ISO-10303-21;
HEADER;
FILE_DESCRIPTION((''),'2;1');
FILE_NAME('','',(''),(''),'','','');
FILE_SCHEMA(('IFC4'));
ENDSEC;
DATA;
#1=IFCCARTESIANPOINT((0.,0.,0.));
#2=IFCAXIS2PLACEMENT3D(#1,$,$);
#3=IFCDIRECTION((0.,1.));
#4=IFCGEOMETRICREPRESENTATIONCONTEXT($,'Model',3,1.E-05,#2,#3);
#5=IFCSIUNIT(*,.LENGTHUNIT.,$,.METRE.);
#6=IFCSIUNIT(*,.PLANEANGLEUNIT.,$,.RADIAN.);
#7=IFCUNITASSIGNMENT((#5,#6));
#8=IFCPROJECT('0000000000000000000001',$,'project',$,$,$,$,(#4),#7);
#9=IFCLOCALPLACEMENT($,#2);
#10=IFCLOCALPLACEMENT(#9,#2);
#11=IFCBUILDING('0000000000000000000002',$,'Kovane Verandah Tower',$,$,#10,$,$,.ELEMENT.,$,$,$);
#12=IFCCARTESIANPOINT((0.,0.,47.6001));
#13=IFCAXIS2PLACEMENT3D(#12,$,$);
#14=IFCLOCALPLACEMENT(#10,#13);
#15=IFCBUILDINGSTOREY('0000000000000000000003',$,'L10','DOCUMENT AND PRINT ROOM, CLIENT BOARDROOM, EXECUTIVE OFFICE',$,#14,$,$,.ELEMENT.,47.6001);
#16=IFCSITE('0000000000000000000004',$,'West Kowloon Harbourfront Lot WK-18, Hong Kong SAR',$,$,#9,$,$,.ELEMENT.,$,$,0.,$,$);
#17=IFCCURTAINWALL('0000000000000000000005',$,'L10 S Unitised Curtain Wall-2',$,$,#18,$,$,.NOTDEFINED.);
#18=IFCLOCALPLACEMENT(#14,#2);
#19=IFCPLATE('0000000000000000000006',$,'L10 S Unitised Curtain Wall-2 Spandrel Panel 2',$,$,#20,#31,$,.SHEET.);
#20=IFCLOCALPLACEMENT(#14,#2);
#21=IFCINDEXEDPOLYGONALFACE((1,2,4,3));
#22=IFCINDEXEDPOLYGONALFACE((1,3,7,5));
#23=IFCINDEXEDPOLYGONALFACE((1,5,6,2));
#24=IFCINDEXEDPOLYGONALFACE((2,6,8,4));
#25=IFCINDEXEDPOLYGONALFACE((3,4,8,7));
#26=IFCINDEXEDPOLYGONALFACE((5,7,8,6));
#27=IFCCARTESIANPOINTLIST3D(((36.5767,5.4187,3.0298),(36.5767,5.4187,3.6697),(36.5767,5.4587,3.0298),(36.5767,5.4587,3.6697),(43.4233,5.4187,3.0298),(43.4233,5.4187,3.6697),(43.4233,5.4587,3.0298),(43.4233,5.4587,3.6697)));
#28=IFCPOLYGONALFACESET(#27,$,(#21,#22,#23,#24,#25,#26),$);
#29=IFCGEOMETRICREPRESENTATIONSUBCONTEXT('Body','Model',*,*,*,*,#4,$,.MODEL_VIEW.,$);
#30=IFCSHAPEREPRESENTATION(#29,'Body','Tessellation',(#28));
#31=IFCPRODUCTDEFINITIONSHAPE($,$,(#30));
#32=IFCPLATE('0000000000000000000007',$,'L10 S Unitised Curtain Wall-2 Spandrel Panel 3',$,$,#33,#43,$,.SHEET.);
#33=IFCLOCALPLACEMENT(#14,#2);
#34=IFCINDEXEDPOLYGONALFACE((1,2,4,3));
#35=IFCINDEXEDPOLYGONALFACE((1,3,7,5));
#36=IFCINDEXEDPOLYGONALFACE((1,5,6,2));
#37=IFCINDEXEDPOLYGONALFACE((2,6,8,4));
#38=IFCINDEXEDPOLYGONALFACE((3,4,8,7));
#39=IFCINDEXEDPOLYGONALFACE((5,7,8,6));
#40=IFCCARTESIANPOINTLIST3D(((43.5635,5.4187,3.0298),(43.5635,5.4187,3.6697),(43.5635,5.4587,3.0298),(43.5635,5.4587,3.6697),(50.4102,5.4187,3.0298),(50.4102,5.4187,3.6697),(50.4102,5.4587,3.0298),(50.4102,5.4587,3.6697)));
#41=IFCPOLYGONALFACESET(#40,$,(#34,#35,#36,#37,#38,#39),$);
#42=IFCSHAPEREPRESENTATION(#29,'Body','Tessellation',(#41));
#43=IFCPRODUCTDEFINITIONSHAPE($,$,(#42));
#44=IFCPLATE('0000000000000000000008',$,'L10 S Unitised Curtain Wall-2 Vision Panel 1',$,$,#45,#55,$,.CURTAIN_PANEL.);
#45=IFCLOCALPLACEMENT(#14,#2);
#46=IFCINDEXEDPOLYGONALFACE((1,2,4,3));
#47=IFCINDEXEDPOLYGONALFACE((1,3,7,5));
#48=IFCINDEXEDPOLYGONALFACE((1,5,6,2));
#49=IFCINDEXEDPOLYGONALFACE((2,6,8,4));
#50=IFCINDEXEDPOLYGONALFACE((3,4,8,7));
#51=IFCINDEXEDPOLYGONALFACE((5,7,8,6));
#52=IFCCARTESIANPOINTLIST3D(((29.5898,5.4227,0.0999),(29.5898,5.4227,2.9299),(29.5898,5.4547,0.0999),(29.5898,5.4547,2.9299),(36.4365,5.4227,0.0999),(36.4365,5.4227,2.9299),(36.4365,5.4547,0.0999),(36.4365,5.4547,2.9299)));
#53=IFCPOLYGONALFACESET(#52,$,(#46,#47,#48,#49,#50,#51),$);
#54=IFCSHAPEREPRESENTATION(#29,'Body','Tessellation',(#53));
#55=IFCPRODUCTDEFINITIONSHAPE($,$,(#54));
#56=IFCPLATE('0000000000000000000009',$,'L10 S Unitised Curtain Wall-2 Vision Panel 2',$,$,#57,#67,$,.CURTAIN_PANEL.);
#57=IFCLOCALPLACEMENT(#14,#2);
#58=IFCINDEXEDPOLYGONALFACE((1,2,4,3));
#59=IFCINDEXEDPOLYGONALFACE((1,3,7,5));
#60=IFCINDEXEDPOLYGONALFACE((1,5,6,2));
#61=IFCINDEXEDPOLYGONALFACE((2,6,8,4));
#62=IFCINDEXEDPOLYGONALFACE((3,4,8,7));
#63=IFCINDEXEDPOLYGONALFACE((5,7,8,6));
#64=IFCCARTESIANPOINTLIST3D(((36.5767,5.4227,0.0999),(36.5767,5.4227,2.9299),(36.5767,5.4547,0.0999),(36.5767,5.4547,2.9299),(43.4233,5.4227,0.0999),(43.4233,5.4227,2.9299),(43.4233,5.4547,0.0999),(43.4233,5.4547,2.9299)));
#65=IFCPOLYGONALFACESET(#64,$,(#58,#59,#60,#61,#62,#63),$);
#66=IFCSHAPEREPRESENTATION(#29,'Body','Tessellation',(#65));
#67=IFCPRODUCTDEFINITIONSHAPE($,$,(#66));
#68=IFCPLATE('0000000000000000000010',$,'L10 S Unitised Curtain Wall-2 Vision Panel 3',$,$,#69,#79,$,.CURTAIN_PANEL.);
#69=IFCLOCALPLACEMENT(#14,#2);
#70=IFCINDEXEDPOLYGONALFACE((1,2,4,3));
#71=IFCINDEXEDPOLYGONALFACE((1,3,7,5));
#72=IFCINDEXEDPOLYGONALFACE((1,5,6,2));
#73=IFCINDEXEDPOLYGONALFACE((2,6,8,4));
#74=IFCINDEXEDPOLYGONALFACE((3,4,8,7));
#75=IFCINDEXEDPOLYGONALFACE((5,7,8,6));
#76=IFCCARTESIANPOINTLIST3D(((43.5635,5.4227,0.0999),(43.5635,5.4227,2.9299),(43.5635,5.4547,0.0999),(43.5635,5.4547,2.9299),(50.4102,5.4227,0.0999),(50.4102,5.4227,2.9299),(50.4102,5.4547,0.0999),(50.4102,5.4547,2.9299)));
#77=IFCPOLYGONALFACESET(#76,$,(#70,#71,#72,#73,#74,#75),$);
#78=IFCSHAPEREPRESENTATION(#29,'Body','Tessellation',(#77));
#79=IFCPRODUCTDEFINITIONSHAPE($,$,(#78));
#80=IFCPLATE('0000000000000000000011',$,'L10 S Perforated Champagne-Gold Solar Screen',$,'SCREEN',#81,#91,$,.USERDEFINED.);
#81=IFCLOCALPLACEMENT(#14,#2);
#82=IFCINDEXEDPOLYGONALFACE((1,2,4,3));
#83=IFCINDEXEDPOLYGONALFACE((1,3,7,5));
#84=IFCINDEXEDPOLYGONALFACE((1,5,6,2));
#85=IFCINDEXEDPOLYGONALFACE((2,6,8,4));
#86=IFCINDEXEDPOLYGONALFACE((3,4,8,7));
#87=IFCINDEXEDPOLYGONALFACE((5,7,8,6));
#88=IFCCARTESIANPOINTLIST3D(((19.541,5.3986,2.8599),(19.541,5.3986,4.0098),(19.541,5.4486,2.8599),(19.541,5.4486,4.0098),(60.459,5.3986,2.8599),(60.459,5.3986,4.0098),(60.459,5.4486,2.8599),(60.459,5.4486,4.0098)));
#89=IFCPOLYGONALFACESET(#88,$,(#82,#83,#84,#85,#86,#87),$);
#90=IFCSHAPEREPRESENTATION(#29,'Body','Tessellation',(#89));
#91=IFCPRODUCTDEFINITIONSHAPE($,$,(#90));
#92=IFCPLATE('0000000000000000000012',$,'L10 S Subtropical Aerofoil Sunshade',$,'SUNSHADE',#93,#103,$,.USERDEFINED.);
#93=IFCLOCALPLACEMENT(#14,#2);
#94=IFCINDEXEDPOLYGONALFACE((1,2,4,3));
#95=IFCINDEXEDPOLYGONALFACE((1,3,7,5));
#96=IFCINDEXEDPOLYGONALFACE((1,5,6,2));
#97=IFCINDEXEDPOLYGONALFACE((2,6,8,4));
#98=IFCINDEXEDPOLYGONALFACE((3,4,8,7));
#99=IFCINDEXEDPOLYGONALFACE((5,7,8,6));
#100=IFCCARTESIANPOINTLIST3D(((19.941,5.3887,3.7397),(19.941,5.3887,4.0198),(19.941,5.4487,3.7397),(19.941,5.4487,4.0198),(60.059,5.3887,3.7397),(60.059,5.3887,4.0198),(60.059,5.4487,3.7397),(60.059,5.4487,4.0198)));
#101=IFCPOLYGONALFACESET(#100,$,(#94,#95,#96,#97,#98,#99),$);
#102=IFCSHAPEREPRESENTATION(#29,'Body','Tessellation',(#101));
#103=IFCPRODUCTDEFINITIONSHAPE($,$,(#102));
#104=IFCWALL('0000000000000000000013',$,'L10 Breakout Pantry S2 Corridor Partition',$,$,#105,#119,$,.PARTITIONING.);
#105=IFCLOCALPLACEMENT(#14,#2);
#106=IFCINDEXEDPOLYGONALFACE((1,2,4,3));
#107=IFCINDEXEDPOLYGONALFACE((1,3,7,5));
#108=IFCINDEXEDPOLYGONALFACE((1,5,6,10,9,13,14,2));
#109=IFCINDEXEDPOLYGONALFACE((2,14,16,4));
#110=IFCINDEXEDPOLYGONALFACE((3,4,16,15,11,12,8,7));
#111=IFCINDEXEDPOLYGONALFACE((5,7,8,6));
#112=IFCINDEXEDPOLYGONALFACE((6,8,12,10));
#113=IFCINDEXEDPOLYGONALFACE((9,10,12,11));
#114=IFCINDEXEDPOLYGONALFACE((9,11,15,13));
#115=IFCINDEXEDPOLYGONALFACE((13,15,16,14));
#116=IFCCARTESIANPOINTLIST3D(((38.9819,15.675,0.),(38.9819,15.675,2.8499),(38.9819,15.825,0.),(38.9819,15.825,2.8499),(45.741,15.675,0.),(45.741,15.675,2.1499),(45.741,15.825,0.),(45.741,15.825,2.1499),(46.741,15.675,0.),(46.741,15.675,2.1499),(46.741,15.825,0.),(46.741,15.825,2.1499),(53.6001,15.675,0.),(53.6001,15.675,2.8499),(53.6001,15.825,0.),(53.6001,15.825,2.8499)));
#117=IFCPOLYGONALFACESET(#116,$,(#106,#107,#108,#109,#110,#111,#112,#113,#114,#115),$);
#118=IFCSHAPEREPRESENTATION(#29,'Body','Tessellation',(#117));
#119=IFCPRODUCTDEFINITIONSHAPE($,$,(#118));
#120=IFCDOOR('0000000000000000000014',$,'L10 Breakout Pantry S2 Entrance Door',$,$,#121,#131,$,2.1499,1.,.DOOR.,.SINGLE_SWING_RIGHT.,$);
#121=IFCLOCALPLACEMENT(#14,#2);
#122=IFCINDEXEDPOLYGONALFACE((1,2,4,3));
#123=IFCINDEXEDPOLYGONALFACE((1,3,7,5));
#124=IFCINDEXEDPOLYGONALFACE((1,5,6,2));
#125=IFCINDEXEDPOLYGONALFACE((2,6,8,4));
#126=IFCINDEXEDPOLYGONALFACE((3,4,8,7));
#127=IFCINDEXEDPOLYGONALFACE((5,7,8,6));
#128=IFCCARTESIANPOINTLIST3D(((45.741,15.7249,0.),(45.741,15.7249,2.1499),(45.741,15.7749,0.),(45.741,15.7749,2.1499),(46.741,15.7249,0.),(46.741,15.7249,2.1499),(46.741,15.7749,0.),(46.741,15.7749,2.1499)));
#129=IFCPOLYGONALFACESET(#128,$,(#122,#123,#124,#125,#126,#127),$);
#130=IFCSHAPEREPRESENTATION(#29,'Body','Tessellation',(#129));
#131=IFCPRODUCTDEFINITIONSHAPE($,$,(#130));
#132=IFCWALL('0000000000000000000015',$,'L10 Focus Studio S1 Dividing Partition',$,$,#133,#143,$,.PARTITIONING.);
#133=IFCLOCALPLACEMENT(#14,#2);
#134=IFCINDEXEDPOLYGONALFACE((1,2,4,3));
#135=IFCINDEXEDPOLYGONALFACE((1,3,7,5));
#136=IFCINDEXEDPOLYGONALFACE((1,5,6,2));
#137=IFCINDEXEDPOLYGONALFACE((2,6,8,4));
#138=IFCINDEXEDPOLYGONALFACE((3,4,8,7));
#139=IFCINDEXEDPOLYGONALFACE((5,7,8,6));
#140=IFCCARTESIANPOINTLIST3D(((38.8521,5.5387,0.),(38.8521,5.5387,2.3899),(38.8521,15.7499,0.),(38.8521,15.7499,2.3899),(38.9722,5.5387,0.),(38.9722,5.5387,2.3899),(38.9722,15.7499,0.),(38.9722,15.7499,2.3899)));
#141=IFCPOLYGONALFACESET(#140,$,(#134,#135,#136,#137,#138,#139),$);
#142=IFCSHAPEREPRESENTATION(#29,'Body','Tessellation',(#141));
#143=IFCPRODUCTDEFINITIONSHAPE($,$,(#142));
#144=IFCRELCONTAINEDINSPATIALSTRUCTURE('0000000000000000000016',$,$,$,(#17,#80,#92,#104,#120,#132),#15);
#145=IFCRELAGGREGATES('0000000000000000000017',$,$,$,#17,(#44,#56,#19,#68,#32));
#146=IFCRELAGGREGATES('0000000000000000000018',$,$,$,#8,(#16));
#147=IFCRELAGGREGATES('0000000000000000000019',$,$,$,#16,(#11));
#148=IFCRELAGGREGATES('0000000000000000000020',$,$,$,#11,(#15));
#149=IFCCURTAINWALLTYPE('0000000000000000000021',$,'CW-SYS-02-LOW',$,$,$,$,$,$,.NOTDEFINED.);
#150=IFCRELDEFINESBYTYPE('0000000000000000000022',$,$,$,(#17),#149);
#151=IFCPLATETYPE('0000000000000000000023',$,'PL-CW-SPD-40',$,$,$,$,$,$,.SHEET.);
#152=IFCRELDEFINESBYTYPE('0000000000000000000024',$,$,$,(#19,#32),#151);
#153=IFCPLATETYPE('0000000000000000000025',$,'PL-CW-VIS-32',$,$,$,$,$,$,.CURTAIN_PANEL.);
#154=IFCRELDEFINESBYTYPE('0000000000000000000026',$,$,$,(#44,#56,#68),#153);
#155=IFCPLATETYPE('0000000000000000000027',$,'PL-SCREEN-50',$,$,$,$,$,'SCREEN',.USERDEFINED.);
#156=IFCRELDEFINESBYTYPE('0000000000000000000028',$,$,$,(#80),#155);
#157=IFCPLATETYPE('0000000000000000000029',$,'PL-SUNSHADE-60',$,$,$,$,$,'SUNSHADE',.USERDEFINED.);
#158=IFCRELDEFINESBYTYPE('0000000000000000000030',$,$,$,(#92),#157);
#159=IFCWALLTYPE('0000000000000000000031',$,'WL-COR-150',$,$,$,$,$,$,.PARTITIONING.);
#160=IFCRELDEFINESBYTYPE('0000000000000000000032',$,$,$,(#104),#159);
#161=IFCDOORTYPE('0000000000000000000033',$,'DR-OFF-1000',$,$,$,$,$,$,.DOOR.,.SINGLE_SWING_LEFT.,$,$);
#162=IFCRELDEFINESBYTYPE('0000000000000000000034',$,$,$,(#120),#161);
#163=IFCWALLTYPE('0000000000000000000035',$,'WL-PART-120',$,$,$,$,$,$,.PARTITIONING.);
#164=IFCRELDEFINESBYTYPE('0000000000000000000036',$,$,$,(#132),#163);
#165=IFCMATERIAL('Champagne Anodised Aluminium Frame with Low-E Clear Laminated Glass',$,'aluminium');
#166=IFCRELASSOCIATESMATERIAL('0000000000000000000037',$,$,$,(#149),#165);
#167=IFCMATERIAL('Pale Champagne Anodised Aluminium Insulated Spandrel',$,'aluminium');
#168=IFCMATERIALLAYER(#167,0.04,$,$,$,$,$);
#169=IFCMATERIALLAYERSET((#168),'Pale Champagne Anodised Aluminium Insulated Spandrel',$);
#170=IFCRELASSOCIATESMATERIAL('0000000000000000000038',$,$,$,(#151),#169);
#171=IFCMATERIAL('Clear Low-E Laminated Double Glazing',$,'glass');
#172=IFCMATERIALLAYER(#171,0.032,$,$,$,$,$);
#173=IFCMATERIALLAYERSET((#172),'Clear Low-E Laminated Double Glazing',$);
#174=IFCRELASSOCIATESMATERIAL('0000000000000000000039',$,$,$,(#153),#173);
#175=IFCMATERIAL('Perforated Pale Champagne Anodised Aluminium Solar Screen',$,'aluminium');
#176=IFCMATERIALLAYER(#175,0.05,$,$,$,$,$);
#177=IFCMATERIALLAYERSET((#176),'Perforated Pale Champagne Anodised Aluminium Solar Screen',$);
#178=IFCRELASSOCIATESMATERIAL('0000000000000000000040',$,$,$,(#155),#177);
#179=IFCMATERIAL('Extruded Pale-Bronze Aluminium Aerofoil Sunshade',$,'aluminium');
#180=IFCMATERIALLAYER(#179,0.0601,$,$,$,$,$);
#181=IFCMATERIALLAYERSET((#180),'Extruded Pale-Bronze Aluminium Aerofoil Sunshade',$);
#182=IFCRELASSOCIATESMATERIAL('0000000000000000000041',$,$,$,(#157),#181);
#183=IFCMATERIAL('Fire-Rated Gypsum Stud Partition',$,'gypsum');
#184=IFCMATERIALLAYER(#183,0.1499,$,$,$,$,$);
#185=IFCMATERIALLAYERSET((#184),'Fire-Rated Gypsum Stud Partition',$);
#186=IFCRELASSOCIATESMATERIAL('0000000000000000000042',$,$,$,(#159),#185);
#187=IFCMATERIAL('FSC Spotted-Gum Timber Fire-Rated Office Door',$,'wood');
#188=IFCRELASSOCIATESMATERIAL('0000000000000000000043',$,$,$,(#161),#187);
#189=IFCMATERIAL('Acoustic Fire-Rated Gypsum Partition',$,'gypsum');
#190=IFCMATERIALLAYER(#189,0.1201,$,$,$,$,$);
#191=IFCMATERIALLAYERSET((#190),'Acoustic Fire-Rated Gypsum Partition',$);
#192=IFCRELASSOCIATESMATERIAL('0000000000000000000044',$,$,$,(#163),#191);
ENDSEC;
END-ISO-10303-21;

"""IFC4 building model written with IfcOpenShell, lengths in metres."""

from ifc_helpers import new_model, si_unit, direction, frame, frame_2d, origin, origin_2d, place, context, subcontext, project, spatial, rectangle, extrude, material, layer, layer_set, type_object, element, fill, aggregate, save


model = new_model("IFC4")

# Units and contexts
model_context = context("Model", 3, precision=1e-05, world=origin(), true_north=direction((0.0, 1.0)))
body_context = subcontext(model_context, "Body", "Model", "MODEL_VIEW")
ifc_project = project(units=[si_unit("LENGTHUNIT", "METRE"), si_unit("PLANEANGLEUNIT", "RADIAN")], contexts=[model_context])

# Site, building, storey
site_placement = place(None, origin())
site = spatial("IfcSite", under=ifc_project, at=site_placement, Name="West Kowloon Harbourfront Lot WK-18, Hong Kong SAR", CompositionType="ELEMENT", RefElevation=0.0)
building_placement = place(site_placement, origin())
building = spatial("IfcBuilding", under=site, at=building_placement, Name="Kovane Verandah Tower", CompositionType="ELEMENT")
storey_placement = place(building_placement, frame((0.0, 0.0, 47.6001)))
storey = spatial("IfcBuildingStorey", under=building, at=storey_placement, Name="L10", Description="DOCUMENT AND PRINT ROOM, CLIENT BOARDROOM, EXECUTIVE OFFICE", CompositionType="ELEMENT", Elevation=47.6001)

# Curtain wall, plates
ifc_material_1 = material(Name="Champagne Anodised Aluminium Frame with Low-E Clear Laminated Glass", Category="aluminium")
curtain_wall_type = type_object("IfcCurtainWallType", Name="CW-SYS-02-LOW", PredefinedType="NOTDEFINED", material=ifc_material_1)
curtain_wall_placement = place(storey_placement, origin())
curtain_wall = element("IfcCurtainWall", 1, at=curtain_wall_placement, inside=storey, type_object=curtain_wall_type, Name="L10 S Unitised Curtain Wall-2", PredefinedType="NOTDEFINED")
ifc_material_2 = material(Name="Pale Champagne Anodised Aluminium Insulated Spandrel", Category="aluminium")
ifc_layer_1 = layer(ifc_material_2, 0.04)
ifc_layer_set_1 = layer_set([ifc_layer_1], Name="Pale Champagne Anodised Aluminium Insulated Spandrel")
plate_type_1 = type_object("IfcPlateType", Name="PL-CW-SPD-40", PredefinedType="SHEET", material=ifc_layer_set_1)
plate_1_placement = place(storey_placement, frame((40.0, 5.4387, 3.0298), z_axis=(0.0, 0.0, 1.0), x_axis=(1.0, 0.0, 0.0)))
plate_1 = element("IfcPlate", 2, at=plate_1_placement, type_object=plate_type_1, Name="L10 S Unitised Curtain Wall-2 Spandrel Panel 2", PredefinedType="SHEET", context=body_context, shape_type="SweptSolid", body=[
    extrude(rectangle(XDim=6.8467, YDim=0.04, at=origin_2d()), origin(), (0.0, 0.0, 1.0), 0.6399),
])
plate_2_placement = place(storey_placement, frame((46.9868, 5.4387, 3.0298), z_axis=(0.0, 0.0, 1.0), x_axis=(1.0, 0.0, 0.0)))
plate_2 = element("IfcPlate", 3, at=plate_2_placement, type_object=plate_type_1, Name="L10 S Unitised Curtain Wall-2 Spandrel Panel 3", PredefinedType="SHEET", context=body_context, shape_type="SweptSolid", body=[
    extrude(rectangle(XDim=6.8467, YDim=0.04, at=origin_2d()), origin(), (0.0, 0.0, 1.0), 0.6399),
])
ifc_material_3 = material(Name="Clear Low-E Laminated Double Glazing", Category="glass")
ifc_layer_2 = layer(ifc_material_3, 0.032)
ifc_layer_set_2 = layer_set([ifc_layer_2], Name="Clear Low-E Laminated Double Glazing")
plate_type_2 = type_object("IfcPlateType", Name="PL-CW-VIS-32", PredefinedType="CURTAIN_PANEL", material=ifc_layer_set_2)
plate_3_placement = place(storey_placement, frame((33.0132, 5.4387, 0.0999), z_axis=(0.0, 0.0, 1.0), x_axis=(1.0, 0.0, 0.0)))
plate_3 = element("IfcPlate", 4, at=plate_3_placement, type_object=plate_type_2, Name="L10 S Unitised Curtain Wall-2 Vision Panel 1", PredefinedType="CURTAIN_PANEL", context=body_context, shape_type="SweptSolid", body=[
    extrude(rectangle(XDim=6.8467, YDim=0.032, at=origin_2d()), origin(), (0.0, 0.0, 1.0), 2.8301),
])
plate_4_placement = place(storey_placement, frame((40.0, 5.4387, 0.0999), z_axis=(0.0, 0.0, 1.0), x_axis=(1.0, 0.0, 0.0)))
plate_4 = element("IfcPlate", 5, at=plate_4_placement, type_object=plate_type_2, Name="L10 S Unitised Curtain Wall-2 Vision Panel 2", PredefinedType="CURTAIN_PANEL", context=body_context, shape_type="SweptSolid", body=[
    extrude(rectangle(XDim=6.8467, YDim=0.032, at=origin_2d()), origin(), (0.0, 0.0, 1.0), 2.8301),
])
plate_5_placement = place(storey_placement, frame((46.9868, 5.4387, 0.0999), z_axis=(0.0, 0.0, 1.0), x_axis=(1.0, 0.0, 0.0)))
plate_5 = element("IfcPlate", 6, at=plate_5_placement, type_object=plate_type_2, Name="L10 S Unitised Curtain Wall-2 Vision Panel 3", PredefinedType="CURTAIN_PANEL", context=body_context, shape_type="SweptSolid", body=[
    extrude(rectangle(XDim=6.8467, YDim=0.032, at=origin_2d()), origin(), (0.0, 0.0, 1.0), 2.8301),
])
aggregate(curtain_wall, [plate_3, plate_4, plate_1, plate_5, plate_2])

# Plates
ifc_material_4 = material(Name="Perforated Pale Champagne Anodised Aluminium Solar Screen", Category="aluminium")
ifc_layer_3 = layer(ifc_material_4, 0.05)
ifc_layer_set_3 = layer_set([ifc_layer_3], Name="Perforated Pale Champagne Anodised Aluminium Solar Screen")
plate_type_3 = type_object("IfcPlateType", Name="PL-SCREEN-50", ElementType="SCREEN", PredefinedType="USERDEFINED", material=ifc_layer_set_3)
plate_6_placement = place(storey_placement, frame((40.0, 5.4236, 2.8599), z_axis=(0.0, 0.0, 1.0), x_axis=(1.0, 0.0, 0.0)))
element("IfcPlate", 7, at=plate_6_placement, inside=storey, type_object=plate_type_3, Name="L10 S Perforated Champagne-Gold Solar Screen", ObjectType="SCREEN", PredefinedType="USERDEFINED", context=body_context, shape_type="SweptSolid", body=[
    extrude(rectangle(XDim=40.918, YDim=0.05, at=origin_2d()), origin(), (0.0, 0.0, 1.0), 1.1499),
])
ifc_material_5 = material(Name="Extruded Pale-Bronze Aluminium Aerofoil Sunshade", Category="aluminium")
ifc_layer_4 = layer(ifc_material_5, 0.0601)
ifc_layer_set_4 = layer_set([ifc_layer_4], Name="Extruded Pale-Bronze Aluminium Aerofoil Sunshade")
plate_type_4 = type_object("IfcPlateType", Name="PL-SUNSHADE-60", ElementType="SUNSHADE", PredefinedType="USERDEFINED", material=ifc_layer_set_4)
plate_7_placement = place(storey_placement, frame((40.0, 5.4187, 3.7397), z_axis=(0.0, 0.0, 1.0), x_axis=(1.0, 0.0, 0.0)))
element("IfcPlate", 8, at=plate_7_placement, inside=storey, type_object=plate_type_4, Name="L10 S Subtropical Aerofoil Sunshade", ObjectType="SUNSHADE", PredefinedType="USERDEFINED", context=body_context, shape_type="SweptSolid", body=[
    extrude(rectangle(XDim=40.1179, YDim=0.0601, at=origin_2d()), origin(), (0.0, 0.0, 1.0), 0.28),
])

# Wall, opening, door
ifc_material_6 = material(Name="Fire-Rated Gypsum Stud Partition", Category="gypsum")
ifc_layer_5 = layer(ifc_material_6, 0.1499)
ifc_layer_set_5 = layer_set([ifc_layer_5], Name="Fire-Rated Gypsum Stud Partition")
wall_type_1 = type_object("IfcWallType", Name="WL-COR-150", PredefinedType="PARTITIONING", material=ifc_layer_set_5)
wall_1_placement = place(storey_placement, frame((38.9819, 15.75, 0.0), z_axis=(0.0, 0.0, 1.0), x_axis=(1.0, 0.0, 0.0)))
wall_1 = element("IfcWall", 9, at=wall_1_placement, inside=storey, type_object=wall_type_1, Name="L10 Breakout Pantry S2 Corridor Partition", PredefinedType="PARTITIONING", context=body_context, shape_type="SweptSolid", body=[
    extrude(rectangle(XDim=14.6182, YDim=0.1499, at=frame_2d((7.3091, 0.0))), origin(), (0.0, 0.0, 1.0), 2.8499),
])
opening_placement = place(wall_1_placement, frame((6.759, 0.0, 0.0)))
opening = element("IfcOpeningElement", 10, at=opening_placement, cuts=wall_1, PredefinedType="OPENING", context=body_context, shape_type="SweptSolid", body=[
    extrude(rectangle(XDim=1.0, YDim=2.1499, at=frame_2d((0.5, 1.075))), frame((0.0, 0.075, 0.0), z_axis=(0.0, -1.0, 0.0), x_axis=(1.0, 0.0, 0.0)), (0.0, 0.0, 1.0), 0.1499),
])
ifc_material_7 = material(Name="FSC Spotted-Gum Timber Fire-Rated Office Door", Category="wood")
door_type = type_object("IfcDoorType", Name="DR-OFF-1000", OperationType="SINGLE_SWING_LEFT", PredefinedType="DOOR", material=ifc_material_7)
door_placement = place(opening_placement, origin())
door = element("IfcDoor", 11, at=door_placement, inside=storey, type_object=door_type, Name="L10 Breakout Pantry S2 Entrance Door", OperationType="SINGLE_SWING_RIGHT", OverallHeight=2.1499, OverallWidth=1.0, PredefinedType="DOOR", context=body_context, shape_type="SweptSolid", body=[
    extrude(rectangle(XDim=1.0, YDim=2.1499, at=frame_2d((0.5, 1.075))), frame((0.0, 0.0249, 0.0), z_axis=(0.0, -1.0, 0.0), x_axis=(1.0, 0.0, 0.0)), (0.0, 0.0, 1.0), 0.05),
])
fill(opening, door)

# Wall
ifc_material_8 = material(Name="Acoustic Fire-Rated Gypsum Partition", Category="gypsum")
ifc_layer_6 = layer(ifc_material_8, 0.1201)
ifc_layer_set_6 = layer_set([ifc_layer_6], Name="Acoustic Fire-Rated Gypsum Partition")
wall_type_2 = type_object("IfcWallType", Name="WL-PART-120", PredefinedType="PARTITIONING", material=ifc_layer_set_6)
wall_2_placement = place(storey_placement, frame((38.9121, 5.5388, 0.0), z_axis=(0.0, 0.0, 1.0), x_axis=(0.0, 1.0, 0.0)))
element("IfcWall", 12, at=wall_2_placement, inside=storey, type_object=wall_type_2, Name="L10 Focus Studio S1 Dividing Partition", PredefinedType="PARTITIONING", context=body_context, shape_type="SweptSolid", body=[
    extrude(rectangle(XDim=10.2112, YDim=0.1201, at=frame_2d((5.1055, 0.0))), origin(), (0.0, 0.0, 1.0), 2.3899),
])

save(model, "model.ifc")
